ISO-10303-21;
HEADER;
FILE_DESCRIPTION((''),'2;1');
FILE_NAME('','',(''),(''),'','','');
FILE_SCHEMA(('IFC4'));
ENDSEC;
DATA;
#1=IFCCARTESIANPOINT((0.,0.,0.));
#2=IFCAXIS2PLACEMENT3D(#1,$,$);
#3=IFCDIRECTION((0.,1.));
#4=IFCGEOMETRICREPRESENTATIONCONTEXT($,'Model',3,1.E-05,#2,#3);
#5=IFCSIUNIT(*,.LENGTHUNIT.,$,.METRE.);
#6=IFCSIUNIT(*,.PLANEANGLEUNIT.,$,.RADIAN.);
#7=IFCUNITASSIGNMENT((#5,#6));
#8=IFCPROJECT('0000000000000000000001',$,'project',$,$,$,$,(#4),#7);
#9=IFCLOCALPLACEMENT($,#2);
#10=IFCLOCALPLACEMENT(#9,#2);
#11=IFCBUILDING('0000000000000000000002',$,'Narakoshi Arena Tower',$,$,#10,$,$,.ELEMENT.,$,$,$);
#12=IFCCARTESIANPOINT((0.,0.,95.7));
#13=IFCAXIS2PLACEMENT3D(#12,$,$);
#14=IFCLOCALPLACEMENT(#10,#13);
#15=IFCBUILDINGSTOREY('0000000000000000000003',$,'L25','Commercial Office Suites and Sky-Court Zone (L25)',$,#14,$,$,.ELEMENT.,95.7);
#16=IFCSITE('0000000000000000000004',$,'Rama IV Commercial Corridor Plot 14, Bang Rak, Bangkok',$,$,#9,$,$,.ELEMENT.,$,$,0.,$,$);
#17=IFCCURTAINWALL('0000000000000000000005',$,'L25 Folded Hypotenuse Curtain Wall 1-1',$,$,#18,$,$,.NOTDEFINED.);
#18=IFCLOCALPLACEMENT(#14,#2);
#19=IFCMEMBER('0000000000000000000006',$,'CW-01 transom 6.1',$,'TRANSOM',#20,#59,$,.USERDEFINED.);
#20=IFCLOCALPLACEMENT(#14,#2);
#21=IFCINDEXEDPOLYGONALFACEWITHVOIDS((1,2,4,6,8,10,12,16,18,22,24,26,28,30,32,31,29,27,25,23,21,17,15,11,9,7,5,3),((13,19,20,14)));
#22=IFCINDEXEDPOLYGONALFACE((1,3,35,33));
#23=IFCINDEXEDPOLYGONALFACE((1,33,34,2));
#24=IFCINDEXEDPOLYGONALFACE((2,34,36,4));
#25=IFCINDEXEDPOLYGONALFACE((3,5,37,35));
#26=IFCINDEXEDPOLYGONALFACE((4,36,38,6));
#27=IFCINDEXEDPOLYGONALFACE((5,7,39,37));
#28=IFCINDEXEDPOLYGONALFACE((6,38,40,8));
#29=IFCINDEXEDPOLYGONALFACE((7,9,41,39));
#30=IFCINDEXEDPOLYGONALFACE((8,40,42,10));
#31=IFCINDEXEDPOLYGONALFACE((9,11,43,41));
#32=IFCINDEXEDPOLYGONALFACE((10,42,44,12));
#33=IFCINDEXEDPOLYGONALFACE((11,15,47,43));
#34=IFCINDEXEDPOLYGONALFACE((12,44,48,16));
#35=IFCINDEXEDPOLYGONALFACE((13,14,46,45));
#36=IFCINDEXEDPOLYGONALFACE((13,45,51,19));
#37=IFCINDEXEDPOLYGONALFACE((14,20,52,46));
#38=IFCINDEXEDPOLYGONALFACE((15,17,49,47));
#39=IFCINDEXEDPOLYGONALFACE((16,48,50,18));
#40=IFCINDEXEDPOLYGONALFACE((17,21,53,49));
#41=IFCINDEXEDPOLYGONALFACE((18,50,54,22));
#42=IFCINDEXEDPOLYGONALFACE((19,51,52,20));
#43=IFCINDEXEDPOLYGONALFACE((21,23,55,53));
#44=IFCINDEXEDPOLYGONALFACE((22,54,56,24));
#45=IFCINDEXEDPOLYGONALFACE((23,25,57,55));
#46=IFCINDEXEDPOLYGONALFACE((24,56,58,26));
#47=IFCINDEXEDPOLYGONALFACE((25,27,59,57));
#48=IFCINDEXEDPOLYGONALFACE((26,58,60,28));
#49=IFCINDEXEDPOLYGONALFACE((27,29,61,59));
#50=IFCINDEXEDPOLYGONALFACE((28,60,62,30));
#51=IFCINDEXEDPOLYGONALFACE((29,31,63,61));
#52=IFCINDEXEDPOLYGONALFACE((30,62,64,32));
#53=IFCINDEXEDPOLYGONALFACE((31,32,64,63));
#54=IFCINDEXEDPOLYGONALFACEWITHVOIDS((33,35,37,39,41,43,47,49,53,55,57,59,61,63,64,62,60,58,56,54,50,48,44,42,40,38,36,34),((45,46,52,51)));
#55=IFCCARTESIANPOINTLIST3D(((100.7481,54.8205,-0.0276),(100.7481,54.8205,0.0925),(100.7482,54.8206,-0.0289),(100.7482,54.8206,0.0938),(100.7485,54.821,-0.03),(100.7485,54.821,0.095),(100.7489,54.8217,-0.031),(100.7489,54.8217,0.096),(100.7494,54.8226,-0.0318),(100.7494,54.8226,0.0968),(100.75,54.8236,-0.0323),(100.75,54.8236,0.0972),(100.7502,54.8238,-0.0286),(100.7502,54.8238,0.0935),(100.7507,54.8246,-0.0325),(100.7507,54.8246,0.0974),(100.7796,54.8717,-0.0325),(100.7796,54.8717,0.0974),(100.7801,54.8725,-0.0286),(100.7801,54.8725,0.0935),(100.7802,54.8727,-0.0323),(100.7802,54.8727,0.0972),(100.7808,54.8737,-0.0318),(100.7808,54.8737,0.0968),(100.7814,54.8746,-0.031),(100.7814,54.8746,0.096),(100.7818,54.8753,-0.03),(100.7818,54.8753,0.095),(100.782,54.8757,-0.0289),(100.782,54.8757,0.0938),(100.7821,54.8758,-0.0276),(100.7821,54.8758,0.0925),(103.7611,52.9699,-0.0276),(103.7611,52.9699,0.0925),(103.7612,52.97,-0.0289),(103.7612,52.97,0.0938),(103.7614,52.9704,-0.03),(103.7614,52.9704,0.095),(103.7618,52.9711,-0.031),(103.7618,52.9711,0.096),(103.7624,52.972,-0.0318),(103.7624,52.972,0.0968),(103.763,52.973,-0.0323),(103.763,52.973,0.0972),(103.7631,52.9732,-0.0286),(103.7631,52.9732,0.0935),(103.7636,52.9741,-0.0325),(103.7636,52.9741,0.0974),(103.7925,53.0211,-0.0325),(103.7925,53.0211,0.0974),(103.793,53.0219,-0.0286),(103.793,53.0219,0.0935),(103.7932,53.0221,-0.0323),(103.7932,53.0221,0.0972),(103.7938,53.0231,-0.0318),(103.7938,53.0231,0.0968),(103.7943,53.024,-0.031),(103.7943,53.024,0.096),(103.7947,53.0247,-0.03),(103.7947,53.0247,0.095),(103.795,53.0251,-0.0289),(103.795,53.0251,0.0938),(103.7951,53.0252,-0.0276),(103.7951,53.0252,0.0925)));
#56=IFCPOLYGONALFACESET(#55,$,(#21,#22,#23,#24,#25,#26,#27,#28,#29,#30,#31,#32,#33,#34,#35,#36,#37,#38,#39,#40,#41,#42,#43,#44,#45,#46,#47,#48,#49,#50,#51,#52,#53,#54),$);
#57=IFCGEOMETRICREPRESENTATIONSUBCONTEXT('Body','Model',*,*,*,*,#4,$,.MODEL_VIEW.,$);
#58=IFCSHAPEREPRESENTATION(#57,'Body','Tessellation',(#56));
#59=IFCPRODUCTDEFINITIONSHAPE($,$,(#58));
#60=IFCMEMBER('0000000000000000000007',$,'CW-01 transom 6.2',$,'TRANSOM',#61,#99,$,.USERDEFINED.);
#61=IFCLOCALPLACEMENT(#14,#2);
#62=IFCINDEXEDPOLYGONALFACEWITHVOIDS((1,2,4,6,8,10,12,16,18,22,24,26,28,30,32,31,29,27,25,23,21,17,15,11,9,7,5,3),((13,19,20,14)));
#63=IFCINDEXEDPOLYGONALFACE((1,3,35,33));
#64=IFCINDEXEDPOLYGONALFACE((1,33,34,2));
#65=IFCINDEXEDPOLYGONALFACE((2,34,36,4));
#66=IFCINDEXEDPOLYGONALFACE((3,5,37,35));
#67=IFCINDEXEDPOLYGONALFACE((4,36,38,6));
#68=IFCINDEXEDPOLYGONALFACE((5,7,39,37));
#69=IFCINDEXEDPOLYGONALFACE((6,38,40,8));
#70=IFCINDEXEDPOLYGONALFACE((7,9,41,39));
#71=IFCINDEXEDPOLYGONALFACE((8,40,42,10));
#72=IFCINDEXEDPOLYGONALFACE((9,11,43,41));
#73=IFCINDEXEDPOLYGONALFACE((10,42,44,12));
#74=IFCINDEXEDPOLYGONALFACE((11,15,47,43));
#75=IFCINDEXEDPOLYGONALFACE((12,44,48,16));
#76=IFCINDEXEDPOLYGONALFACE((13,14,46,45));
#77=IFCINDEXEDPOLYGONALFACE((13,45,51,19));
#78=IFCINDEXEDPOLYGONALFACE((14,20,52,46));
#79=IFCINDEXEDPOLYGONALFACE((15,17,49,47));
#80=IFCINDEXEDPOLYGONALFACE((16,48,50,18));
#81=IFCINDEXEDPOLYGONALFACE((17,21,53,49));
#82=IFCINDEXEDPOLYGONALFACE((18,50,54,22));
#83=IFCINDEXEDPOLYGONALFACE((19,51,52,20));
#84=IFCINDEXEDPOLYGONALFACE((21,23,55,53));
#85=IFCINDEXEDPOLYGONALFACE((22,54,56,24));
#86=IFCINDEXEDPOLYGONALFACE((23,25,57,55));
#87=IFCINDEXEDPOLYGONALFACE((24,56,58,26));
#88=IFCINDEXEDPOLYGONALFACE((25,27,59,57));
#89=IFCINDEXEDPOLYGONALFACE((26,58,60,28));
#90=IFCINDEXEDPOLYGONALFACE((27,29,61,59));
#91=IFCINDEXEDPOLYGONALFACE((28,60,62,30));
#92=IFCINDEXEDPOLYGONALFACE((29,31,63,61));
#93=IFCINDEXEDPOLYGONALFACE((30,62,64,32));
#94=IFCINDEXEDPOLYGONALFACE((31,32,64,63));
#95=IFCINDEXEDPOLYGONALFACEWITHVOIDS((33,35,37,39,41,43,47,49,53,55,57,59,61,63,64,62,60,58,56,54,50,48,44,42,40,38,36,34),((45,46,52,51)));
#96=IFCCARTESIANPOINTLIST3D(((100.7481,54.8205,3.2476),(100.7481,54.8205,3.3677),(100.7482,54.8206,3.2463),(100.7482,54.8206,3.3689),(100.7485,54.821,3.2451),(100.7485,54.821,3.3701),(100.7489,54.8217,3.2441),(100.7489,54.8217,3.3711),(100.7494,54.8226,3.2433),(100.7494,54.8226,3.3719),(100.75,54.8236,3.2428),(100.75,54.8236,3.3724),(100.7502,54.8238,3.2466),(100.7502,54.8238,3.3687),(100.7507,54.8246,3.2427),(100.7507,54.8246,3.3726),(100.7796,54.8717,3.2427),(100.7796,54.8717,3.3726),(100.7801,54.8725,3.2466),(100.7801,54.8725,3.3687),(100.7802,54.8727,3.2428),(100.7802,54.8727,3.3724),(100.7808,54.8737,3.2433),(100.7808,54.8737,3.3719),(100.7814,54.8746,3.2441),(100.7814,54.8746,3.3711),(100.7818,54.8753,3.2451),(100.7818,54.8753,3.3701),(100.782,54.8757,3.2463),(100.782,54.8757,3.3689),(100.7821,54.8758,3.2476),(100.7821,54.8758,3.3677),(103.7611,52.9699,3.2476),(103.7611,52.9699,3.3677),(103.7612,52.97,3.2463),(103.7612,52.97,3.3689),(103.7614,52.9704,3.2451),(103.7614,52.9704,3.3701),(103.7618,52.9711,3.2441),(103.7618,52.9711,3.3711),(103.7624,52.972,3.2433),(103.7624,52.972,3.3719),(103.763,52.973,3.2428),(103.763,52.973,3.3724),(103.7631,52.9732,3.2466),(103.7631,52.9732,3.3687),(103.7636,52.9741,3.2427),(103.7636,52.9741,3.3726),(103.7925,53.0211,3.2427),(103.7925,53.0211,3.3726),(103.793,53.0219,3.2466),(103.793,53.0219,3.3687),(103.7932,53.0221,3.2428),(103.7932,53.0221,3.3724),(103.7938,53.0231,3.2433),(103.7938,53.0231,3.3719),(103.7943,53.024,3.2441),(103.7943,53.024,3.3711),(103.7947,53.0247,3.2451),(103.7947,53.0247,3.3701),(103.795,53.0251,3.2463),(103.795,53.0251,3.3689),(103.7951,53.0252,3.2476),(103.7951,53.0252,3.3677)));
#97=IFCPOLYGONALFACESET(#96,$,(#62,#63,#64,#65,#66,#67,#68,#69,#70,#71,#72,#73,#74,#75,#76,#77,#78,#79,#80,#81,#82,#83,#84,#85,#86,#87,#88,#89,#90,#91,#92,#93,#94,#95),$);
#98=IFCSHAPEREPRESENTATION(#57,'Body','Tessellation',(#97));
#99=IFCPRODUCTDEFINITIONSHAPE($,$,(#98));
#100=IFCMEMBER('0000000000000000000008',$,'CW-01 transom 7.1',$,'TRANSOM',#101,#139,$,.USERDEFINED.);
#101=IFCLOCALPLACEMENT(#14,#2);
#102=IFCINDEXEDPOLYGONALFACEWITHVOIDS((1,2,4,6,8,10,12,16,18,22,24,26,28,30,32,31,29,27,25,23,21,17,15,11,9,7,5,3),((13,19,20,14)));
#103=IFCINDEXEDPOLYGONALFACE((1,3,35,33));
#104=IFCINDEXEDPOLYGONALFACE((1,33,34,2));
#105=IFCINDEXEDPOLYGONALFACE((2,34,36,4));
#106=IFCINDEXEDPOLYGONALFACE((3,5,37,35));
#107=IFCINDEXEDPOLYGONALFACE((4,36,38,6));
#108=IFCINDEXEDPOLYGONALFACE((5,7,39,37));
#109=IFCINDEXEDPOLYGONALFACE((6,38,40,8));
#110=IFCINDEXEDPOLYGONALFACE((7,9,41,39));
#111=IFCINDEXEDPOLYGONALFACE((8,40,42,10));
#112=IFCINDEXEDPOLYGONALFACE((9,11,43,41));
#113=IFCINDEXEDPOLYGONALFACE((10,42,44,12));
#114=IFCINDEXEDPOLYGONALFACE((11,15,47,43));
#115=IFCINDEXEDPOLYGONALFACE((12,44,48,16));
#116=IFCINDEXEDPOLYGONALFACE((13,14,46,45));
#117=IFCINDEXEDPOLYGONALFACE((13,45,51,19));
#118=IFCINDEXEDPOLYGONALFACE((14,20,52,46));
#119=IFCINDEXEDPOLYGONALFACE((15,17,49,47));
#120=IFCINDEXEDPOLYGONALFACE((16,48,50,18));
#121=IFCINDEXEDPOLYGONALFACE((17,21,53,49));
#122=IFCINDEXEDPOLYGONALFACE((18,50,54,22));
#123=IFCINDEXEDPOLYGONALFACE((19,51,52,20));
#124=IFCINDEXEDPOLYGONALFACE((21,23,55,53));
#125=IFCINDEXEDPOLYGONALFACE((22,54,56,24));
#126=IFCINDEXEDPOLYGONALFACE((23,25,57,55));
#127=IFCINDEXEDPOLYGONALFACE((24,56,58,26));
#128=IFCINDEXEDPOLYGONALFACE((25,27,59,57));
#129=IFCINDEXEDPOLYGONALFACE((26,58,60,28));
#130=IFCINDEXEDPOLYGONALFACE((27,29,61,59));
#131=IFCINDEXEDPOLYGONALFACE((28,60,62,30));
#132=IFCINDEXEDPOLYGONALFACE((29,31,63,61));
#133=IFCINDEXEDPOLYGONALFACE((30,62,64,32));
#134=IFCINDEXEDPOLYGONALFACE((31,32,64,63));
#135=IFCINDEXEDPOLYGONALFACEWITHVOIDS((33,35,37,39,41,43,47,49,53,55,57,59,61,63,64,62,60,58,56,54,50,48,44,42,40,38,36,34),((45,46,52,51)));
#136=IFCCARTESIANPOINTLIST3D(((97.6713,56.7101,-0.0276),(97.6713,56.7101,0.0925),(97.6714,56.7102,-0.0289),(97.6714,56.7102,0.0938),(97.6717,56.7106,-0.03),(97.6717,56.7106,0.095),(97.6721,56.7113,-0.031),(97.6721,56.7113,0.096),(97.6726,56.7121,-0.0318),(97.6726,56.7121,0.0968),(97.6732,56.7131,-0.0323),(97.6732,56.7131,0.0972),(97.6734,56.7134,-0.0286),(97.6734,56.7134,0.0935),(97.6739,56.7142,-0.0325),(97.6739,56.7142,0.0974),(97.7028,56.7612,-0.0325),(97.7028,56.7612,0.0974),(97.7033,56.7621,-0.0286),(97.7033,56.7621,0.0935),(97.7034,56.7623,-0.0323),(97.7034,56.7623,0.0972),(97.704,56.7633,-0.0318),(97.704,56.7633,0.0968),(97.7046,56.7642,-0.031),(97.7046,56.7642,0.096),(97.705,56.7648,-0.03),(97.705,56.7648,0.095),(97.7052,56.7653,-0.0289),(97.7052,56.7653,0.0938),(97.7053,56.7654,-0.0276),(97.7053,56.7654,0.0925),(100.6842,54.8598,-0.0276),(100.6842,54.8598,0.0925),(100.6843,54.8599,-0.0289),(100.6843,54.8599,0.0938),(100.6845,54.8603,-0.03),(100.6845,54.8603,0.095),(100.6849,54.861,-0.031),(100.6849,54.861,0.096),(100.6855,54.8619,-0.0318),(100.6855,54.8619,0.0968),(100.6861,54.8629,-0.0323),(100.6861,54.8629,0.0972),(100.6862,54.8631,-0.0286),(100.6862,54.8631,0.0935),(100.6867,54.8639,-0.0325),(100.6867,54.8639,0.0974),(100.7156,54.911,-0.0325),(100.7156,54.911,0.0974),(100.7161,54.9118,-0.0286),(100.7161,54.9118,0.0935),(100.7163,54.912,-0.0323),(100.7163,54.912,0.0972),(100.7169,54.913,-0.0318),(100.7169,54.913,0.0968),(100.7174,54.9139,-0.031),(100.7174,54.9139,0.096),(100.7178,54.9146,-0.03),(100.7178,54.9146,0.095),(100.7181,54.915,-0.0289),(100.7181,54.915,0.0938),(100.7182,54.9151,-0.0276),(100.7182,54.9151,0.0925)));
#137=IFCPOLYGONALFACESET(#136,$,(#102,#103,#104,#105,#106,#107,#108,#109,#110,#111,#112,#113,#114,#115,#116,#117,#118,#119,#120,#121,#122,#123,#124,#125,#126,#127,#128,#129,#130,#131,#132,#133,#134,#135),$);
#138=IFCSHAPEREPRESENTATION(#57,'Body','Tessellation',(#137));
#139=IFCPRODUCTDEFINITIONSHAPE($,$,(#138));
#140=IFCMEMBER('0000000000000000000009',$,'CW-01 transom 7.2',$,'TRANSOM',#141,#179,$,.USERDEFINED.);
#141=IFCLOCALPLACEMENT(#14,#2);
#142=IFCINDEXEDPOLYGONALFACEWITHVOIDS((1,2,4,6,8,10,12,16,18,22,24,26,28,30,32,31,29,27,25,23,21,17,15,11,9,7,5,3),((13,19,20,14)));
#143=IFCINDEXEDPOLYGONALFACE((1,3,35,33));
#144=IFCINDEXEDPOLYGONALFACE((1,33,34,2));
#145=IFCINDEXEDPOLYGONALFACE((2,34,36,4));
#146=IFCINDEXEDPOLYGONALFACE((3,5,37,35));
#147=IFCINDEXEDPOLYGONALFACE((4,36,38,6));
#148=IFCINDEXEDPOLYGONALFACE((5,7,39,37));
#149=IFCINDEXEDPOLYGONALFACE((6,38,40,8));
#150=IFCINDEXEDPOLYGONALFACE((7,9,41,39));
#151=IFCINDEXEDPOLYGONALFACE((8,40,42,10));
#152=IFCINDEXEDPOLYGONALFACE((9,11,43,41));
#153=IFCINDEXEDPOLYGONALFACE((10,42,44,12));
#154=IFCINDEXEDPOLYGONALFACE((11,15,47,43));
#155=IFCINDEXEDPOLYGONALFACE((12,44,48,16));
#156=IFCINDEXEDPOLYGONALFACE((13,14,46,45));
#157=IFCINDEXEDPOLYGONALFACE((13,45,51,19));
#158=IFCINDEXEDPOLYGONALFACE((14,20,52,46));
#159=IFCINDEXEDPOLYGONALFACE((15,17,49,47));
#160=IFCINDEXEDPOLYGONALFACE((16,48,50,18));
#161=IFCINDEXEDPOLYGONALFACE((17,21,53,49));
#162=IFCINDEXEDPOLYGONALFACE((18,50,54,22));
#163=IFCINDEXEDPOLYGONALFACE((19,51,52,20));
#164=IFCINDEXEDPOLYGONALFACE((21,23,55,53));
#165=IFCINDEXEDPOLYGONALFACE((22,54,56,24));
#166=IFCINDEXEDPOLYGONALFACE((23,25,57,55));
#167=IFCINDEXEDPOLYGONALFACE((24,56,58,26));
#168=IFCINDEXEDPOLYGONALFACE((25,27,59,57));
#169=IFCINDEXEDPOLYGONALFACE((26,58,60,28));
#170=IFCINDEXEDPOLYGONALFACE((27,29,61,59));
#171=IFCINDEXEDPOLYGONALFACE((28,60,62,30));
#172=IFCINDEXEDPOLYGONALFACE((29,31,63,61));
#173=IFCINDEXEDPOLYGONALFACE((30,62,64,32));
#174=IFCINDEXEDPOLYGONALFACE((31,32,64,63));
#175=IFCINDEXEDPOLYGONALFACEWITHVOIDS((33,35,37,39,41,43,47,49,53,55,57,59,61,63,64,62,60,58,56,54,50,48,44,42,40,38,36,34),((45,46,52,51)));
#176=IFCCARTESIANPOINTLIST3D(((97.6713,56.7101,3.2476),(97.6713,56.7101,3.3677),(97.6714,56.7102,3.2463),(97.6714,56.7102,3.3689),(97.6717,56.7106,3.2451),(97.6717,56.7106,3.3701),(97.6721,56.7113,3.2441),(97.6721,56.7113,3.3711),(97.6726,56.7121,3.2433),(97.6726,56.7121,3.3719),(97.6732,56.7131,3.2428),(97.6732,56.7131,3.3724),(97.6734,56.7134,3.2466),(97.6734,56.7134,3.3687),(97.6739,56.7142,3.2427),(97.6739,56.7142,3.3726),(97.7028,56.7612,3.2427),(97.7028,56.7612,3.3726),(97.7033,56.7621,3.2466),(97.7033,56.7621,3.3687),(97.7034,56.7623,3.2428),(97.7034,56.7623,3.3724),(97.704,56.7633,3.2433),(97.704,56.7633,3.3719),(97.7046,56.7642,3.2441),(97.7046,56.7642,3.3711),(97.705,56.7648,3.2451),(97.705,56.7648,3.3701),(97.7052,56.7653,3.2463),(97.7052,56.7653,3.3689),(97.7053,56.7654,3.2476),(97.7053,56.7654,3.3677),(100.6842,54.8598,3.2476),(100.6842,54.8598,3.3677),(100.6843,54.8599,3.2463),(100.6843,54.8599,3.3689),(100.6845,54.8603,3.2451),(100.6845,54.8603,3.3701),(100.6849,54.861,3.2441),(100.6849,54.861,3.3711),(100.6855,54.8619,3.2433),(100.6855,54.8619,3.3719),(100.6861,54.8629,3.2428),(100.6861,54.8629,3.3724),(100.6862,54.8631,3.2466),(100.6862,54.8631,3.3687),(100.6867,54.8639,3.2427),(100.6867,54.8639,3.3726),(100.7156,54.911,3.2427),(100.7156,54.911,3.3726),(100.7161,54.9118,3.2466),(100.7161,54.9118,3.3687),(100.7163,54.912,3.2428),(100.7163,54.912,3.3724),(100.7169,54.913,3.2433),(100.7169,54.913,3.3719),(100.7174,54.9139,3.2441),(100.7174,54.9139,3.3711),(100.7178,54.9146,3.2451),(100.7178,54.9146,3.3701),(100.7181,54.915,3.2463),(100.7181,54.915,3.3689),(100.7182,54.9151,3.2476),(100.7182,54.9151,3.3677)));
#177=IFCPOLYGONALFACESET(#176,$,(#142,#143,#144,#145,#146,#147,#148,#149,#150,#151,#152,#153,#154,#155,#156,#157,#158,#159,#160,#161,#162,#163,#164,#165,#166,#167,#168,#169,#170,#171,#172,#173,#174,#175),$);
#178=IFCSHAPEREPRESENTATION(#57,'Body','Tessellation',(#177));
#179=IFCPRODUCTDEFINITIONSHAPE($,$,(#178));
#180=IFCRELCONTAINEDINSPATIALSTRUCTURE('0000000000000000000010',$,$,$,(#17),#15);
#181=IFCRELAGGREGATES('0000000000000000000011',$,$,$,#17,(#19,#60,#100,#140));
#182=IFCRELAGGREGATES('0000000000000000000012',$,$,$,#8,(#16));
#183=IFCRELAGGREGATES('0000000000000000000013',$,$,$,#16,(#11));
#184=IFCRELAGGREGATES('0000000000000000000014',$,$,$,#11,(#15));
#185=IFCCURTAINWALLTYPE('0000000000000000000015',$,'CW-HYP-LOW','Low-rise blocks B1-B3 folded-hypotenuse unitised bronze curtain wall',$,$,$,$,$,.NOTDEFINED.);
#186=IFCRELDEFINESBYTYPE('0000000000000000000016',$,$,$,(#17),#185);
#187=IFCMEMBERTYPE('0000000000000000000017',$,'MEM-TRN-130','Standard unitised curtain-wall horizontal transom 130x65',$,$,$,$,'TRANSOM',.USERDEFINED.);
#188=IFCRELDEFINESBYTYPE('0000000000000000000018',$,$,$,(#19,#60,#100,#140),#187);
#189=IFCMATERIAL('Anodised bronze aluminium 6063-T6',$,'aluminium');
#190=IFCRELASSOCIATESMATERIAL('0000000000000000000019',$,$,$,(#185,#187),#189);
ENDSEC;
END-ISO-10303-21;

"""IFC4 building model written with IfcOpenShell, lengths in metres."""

from ifc_helpers import new_model, si_unit, direction, frame, origin, origin_2d, place, context, subcontext, project, spatial, hollow_rectangle, extrude, material, material_profile, profile_set, type_object, element, aggregate, save


model = new_model("IFC4")

# Units and contexts
model_context = context("Model", 3, precision=1e-05, world=origin(), true_north=direction((0.0, 1.0)))
body_context = subcontext(model_context, "Body", "Model", "MODEL_VIEW")
ifc_project = project(units=[si_unit("LENGTHUNIT", "METRE"), si_unit("PLANEANGLEUNIT", "RADIAN")], contexts=[model_context])

# Site, building, storey
site_placement = place(None, origin())
site = spatial("IfcSite", under=ifc_project, at=site_placement, Name="Rama IV Commercial Corridor Plot 14, Bang Rak, Bangkok", CompositionType="ELEMENT", RefElevation=0.0)
building_placement = place(site_placement, origin())
building = spatial("IfcBuilding", under=site, at=building_placement, Name="Narakoshi Arena Tower", CompositionType="ELEMENT")
storey_placement = place(building_placement, frame((0.0, 0.0, 95.7)))
storey = spatial("IfcBuildingStorey", under=building, at=storey_placement, Name="L25", Description="Commercial Office Suites and Sky-Court Zone (L25)", CompositionType="ELEMENT", Elevation=95.7)

# Curtain wall, members
ifc_material_1 = material(Name="Anodised bronze aluminium 6063-T6", Category="aluminium")
curtain_wall_type = type_object("IfcCurtainWallType", Name="CW-HYP-LOW", Description="Low-rise blocks B1-B3 folded-hypotenuse unitised bronze curtain wall", PredefinedType="NOTDEFINED", material=ifc_material_1)
curtain_wall_placement = place(storey_placement, origin())
curtain_wall = element("IfcCurtainWall", 1, at=curtain_wall_placement, inside=storey, type_object=curtain_wall_type, Name="L25 Folded Hypotenuse Curtain Wall 1-1", PredefinedType="NOTDEFINED")
ifc_material_profile_1 = material_profile(ifc_material_1, hollow_rectangle(XDim=0.0649, YDim=0.1299, WallThickness=0.0039, OuterFilletRadius=0.0049, at=origin_2d()), Name="TRN130x65x4")
ifc_profile_set_1 = profile_set([ifc_material_profile_1], Name="Anodised bronze aluminium 6063-T6")
member_type_1 = type_object("IfcMemberType", Name="MEM-TRN-130", Description="Standard unitised curtain-wall horizontal transom 130x65", ElementType="TRANSOM", PredefinedType="USERDEFINED", material=ifc_profile_set_1)
member_1_placement = place(storey_placement, frame((103.7781, 52.9976, 0.0325), z_axis=(-0.852104, 0.523373, 0.0), x_axis=(-0.523373, -0.852104, 0.0)))
member_1 = element("IfcMember", 2, at=member_1_placement, type_object=member_type_1, Name="CW-01 transom 6.1", ObjectType="TRANSOM", PredefinedType="USERDEFINED", context=body_context, shape_type="SweptSolid", body=[
    extrude(hollow_rectangle(XDim=0.0649, YDim=0.1299, WallThickness=0.0039, OuterFilletRadius=0.0049, at=origin_2d()), origin(), (0.0, 0.0, 1.0), 3.5359),
])
member_2_placement = place(storey_placement, frame((103.7781, 52.9976, 3.3076), z_axis=(-0.852104, 0.523373, 0.0), x_axis=(-0.523373, -0.852104, 0.0)))
member_2 = element("IfcMember", 3, at=member_2_placement, type_object=member_type_1, Name="CW-01 transom 6.2", ObjectType="TRANSOM", PredefinedType="USERDEFINED", context=body_context, shape_type="SweptSolid", body=[
    extrude(hollow_rectangle(XDim=0.0649, YDim=0.1299, WallThickness=0.0039, OuterFilletRadius=0.0049, at=origin_2d()), origin(), (0.0, 0.0, 1.0), 3.5359),
])
member_3_placement = place(storey_placement, frame((100.7012, 54.8875, 0.0325), z_axis=(-0.852134, 0.523323, 0.0), x_axis=(-0.523323, -0.852134, 0.0)))
member_3 = element("IfcMember", 4, at=member_3_placement, type_object=member_type_1, Name="CW-01 transom 7.1", ObjectType="TRANSOM", PredefinedType="USERDEFINED", context=body_context, shape_type="SweptSolid", body=[
    extrude(hollow_rectangle(XDim=0.0649, YDim=0.1299, WallThickness=0.0039, OuterFilletRadius=0.0049, at=origin_2d()), origin(), (0.0, 0.0, 1.0), 3.5356),
])
member_4_placement = place(storey_placement, frame((100.7012, 54.8875, 3.3076), z_axis=(-0.852134, 0.523323, 0.0), x_axis=(-0.523323, -0.852134, 0.0)))
member_4 = element("IfcMember", 5, at=member_4_placement, type_object=member_type_1, Name="CW-01 transom 7.2", ObjectType="TRANSOM", PredefinedType="USERDEFINED", context=body_context, shape_type="SweptSolid", body=[
    extrude(hollow_rectangle(XDim=0.0649, YDim=0.1299, WallThickness=0.0039, OuterFilletRadius=0.0049, at=origin_2d()), origin(), (0.0, 0.0, 1.0), 3.5356),
])
aggregate(curtain_wall, [member_1, member_2, member_3, member_4])

save(model, "model.ifc")
